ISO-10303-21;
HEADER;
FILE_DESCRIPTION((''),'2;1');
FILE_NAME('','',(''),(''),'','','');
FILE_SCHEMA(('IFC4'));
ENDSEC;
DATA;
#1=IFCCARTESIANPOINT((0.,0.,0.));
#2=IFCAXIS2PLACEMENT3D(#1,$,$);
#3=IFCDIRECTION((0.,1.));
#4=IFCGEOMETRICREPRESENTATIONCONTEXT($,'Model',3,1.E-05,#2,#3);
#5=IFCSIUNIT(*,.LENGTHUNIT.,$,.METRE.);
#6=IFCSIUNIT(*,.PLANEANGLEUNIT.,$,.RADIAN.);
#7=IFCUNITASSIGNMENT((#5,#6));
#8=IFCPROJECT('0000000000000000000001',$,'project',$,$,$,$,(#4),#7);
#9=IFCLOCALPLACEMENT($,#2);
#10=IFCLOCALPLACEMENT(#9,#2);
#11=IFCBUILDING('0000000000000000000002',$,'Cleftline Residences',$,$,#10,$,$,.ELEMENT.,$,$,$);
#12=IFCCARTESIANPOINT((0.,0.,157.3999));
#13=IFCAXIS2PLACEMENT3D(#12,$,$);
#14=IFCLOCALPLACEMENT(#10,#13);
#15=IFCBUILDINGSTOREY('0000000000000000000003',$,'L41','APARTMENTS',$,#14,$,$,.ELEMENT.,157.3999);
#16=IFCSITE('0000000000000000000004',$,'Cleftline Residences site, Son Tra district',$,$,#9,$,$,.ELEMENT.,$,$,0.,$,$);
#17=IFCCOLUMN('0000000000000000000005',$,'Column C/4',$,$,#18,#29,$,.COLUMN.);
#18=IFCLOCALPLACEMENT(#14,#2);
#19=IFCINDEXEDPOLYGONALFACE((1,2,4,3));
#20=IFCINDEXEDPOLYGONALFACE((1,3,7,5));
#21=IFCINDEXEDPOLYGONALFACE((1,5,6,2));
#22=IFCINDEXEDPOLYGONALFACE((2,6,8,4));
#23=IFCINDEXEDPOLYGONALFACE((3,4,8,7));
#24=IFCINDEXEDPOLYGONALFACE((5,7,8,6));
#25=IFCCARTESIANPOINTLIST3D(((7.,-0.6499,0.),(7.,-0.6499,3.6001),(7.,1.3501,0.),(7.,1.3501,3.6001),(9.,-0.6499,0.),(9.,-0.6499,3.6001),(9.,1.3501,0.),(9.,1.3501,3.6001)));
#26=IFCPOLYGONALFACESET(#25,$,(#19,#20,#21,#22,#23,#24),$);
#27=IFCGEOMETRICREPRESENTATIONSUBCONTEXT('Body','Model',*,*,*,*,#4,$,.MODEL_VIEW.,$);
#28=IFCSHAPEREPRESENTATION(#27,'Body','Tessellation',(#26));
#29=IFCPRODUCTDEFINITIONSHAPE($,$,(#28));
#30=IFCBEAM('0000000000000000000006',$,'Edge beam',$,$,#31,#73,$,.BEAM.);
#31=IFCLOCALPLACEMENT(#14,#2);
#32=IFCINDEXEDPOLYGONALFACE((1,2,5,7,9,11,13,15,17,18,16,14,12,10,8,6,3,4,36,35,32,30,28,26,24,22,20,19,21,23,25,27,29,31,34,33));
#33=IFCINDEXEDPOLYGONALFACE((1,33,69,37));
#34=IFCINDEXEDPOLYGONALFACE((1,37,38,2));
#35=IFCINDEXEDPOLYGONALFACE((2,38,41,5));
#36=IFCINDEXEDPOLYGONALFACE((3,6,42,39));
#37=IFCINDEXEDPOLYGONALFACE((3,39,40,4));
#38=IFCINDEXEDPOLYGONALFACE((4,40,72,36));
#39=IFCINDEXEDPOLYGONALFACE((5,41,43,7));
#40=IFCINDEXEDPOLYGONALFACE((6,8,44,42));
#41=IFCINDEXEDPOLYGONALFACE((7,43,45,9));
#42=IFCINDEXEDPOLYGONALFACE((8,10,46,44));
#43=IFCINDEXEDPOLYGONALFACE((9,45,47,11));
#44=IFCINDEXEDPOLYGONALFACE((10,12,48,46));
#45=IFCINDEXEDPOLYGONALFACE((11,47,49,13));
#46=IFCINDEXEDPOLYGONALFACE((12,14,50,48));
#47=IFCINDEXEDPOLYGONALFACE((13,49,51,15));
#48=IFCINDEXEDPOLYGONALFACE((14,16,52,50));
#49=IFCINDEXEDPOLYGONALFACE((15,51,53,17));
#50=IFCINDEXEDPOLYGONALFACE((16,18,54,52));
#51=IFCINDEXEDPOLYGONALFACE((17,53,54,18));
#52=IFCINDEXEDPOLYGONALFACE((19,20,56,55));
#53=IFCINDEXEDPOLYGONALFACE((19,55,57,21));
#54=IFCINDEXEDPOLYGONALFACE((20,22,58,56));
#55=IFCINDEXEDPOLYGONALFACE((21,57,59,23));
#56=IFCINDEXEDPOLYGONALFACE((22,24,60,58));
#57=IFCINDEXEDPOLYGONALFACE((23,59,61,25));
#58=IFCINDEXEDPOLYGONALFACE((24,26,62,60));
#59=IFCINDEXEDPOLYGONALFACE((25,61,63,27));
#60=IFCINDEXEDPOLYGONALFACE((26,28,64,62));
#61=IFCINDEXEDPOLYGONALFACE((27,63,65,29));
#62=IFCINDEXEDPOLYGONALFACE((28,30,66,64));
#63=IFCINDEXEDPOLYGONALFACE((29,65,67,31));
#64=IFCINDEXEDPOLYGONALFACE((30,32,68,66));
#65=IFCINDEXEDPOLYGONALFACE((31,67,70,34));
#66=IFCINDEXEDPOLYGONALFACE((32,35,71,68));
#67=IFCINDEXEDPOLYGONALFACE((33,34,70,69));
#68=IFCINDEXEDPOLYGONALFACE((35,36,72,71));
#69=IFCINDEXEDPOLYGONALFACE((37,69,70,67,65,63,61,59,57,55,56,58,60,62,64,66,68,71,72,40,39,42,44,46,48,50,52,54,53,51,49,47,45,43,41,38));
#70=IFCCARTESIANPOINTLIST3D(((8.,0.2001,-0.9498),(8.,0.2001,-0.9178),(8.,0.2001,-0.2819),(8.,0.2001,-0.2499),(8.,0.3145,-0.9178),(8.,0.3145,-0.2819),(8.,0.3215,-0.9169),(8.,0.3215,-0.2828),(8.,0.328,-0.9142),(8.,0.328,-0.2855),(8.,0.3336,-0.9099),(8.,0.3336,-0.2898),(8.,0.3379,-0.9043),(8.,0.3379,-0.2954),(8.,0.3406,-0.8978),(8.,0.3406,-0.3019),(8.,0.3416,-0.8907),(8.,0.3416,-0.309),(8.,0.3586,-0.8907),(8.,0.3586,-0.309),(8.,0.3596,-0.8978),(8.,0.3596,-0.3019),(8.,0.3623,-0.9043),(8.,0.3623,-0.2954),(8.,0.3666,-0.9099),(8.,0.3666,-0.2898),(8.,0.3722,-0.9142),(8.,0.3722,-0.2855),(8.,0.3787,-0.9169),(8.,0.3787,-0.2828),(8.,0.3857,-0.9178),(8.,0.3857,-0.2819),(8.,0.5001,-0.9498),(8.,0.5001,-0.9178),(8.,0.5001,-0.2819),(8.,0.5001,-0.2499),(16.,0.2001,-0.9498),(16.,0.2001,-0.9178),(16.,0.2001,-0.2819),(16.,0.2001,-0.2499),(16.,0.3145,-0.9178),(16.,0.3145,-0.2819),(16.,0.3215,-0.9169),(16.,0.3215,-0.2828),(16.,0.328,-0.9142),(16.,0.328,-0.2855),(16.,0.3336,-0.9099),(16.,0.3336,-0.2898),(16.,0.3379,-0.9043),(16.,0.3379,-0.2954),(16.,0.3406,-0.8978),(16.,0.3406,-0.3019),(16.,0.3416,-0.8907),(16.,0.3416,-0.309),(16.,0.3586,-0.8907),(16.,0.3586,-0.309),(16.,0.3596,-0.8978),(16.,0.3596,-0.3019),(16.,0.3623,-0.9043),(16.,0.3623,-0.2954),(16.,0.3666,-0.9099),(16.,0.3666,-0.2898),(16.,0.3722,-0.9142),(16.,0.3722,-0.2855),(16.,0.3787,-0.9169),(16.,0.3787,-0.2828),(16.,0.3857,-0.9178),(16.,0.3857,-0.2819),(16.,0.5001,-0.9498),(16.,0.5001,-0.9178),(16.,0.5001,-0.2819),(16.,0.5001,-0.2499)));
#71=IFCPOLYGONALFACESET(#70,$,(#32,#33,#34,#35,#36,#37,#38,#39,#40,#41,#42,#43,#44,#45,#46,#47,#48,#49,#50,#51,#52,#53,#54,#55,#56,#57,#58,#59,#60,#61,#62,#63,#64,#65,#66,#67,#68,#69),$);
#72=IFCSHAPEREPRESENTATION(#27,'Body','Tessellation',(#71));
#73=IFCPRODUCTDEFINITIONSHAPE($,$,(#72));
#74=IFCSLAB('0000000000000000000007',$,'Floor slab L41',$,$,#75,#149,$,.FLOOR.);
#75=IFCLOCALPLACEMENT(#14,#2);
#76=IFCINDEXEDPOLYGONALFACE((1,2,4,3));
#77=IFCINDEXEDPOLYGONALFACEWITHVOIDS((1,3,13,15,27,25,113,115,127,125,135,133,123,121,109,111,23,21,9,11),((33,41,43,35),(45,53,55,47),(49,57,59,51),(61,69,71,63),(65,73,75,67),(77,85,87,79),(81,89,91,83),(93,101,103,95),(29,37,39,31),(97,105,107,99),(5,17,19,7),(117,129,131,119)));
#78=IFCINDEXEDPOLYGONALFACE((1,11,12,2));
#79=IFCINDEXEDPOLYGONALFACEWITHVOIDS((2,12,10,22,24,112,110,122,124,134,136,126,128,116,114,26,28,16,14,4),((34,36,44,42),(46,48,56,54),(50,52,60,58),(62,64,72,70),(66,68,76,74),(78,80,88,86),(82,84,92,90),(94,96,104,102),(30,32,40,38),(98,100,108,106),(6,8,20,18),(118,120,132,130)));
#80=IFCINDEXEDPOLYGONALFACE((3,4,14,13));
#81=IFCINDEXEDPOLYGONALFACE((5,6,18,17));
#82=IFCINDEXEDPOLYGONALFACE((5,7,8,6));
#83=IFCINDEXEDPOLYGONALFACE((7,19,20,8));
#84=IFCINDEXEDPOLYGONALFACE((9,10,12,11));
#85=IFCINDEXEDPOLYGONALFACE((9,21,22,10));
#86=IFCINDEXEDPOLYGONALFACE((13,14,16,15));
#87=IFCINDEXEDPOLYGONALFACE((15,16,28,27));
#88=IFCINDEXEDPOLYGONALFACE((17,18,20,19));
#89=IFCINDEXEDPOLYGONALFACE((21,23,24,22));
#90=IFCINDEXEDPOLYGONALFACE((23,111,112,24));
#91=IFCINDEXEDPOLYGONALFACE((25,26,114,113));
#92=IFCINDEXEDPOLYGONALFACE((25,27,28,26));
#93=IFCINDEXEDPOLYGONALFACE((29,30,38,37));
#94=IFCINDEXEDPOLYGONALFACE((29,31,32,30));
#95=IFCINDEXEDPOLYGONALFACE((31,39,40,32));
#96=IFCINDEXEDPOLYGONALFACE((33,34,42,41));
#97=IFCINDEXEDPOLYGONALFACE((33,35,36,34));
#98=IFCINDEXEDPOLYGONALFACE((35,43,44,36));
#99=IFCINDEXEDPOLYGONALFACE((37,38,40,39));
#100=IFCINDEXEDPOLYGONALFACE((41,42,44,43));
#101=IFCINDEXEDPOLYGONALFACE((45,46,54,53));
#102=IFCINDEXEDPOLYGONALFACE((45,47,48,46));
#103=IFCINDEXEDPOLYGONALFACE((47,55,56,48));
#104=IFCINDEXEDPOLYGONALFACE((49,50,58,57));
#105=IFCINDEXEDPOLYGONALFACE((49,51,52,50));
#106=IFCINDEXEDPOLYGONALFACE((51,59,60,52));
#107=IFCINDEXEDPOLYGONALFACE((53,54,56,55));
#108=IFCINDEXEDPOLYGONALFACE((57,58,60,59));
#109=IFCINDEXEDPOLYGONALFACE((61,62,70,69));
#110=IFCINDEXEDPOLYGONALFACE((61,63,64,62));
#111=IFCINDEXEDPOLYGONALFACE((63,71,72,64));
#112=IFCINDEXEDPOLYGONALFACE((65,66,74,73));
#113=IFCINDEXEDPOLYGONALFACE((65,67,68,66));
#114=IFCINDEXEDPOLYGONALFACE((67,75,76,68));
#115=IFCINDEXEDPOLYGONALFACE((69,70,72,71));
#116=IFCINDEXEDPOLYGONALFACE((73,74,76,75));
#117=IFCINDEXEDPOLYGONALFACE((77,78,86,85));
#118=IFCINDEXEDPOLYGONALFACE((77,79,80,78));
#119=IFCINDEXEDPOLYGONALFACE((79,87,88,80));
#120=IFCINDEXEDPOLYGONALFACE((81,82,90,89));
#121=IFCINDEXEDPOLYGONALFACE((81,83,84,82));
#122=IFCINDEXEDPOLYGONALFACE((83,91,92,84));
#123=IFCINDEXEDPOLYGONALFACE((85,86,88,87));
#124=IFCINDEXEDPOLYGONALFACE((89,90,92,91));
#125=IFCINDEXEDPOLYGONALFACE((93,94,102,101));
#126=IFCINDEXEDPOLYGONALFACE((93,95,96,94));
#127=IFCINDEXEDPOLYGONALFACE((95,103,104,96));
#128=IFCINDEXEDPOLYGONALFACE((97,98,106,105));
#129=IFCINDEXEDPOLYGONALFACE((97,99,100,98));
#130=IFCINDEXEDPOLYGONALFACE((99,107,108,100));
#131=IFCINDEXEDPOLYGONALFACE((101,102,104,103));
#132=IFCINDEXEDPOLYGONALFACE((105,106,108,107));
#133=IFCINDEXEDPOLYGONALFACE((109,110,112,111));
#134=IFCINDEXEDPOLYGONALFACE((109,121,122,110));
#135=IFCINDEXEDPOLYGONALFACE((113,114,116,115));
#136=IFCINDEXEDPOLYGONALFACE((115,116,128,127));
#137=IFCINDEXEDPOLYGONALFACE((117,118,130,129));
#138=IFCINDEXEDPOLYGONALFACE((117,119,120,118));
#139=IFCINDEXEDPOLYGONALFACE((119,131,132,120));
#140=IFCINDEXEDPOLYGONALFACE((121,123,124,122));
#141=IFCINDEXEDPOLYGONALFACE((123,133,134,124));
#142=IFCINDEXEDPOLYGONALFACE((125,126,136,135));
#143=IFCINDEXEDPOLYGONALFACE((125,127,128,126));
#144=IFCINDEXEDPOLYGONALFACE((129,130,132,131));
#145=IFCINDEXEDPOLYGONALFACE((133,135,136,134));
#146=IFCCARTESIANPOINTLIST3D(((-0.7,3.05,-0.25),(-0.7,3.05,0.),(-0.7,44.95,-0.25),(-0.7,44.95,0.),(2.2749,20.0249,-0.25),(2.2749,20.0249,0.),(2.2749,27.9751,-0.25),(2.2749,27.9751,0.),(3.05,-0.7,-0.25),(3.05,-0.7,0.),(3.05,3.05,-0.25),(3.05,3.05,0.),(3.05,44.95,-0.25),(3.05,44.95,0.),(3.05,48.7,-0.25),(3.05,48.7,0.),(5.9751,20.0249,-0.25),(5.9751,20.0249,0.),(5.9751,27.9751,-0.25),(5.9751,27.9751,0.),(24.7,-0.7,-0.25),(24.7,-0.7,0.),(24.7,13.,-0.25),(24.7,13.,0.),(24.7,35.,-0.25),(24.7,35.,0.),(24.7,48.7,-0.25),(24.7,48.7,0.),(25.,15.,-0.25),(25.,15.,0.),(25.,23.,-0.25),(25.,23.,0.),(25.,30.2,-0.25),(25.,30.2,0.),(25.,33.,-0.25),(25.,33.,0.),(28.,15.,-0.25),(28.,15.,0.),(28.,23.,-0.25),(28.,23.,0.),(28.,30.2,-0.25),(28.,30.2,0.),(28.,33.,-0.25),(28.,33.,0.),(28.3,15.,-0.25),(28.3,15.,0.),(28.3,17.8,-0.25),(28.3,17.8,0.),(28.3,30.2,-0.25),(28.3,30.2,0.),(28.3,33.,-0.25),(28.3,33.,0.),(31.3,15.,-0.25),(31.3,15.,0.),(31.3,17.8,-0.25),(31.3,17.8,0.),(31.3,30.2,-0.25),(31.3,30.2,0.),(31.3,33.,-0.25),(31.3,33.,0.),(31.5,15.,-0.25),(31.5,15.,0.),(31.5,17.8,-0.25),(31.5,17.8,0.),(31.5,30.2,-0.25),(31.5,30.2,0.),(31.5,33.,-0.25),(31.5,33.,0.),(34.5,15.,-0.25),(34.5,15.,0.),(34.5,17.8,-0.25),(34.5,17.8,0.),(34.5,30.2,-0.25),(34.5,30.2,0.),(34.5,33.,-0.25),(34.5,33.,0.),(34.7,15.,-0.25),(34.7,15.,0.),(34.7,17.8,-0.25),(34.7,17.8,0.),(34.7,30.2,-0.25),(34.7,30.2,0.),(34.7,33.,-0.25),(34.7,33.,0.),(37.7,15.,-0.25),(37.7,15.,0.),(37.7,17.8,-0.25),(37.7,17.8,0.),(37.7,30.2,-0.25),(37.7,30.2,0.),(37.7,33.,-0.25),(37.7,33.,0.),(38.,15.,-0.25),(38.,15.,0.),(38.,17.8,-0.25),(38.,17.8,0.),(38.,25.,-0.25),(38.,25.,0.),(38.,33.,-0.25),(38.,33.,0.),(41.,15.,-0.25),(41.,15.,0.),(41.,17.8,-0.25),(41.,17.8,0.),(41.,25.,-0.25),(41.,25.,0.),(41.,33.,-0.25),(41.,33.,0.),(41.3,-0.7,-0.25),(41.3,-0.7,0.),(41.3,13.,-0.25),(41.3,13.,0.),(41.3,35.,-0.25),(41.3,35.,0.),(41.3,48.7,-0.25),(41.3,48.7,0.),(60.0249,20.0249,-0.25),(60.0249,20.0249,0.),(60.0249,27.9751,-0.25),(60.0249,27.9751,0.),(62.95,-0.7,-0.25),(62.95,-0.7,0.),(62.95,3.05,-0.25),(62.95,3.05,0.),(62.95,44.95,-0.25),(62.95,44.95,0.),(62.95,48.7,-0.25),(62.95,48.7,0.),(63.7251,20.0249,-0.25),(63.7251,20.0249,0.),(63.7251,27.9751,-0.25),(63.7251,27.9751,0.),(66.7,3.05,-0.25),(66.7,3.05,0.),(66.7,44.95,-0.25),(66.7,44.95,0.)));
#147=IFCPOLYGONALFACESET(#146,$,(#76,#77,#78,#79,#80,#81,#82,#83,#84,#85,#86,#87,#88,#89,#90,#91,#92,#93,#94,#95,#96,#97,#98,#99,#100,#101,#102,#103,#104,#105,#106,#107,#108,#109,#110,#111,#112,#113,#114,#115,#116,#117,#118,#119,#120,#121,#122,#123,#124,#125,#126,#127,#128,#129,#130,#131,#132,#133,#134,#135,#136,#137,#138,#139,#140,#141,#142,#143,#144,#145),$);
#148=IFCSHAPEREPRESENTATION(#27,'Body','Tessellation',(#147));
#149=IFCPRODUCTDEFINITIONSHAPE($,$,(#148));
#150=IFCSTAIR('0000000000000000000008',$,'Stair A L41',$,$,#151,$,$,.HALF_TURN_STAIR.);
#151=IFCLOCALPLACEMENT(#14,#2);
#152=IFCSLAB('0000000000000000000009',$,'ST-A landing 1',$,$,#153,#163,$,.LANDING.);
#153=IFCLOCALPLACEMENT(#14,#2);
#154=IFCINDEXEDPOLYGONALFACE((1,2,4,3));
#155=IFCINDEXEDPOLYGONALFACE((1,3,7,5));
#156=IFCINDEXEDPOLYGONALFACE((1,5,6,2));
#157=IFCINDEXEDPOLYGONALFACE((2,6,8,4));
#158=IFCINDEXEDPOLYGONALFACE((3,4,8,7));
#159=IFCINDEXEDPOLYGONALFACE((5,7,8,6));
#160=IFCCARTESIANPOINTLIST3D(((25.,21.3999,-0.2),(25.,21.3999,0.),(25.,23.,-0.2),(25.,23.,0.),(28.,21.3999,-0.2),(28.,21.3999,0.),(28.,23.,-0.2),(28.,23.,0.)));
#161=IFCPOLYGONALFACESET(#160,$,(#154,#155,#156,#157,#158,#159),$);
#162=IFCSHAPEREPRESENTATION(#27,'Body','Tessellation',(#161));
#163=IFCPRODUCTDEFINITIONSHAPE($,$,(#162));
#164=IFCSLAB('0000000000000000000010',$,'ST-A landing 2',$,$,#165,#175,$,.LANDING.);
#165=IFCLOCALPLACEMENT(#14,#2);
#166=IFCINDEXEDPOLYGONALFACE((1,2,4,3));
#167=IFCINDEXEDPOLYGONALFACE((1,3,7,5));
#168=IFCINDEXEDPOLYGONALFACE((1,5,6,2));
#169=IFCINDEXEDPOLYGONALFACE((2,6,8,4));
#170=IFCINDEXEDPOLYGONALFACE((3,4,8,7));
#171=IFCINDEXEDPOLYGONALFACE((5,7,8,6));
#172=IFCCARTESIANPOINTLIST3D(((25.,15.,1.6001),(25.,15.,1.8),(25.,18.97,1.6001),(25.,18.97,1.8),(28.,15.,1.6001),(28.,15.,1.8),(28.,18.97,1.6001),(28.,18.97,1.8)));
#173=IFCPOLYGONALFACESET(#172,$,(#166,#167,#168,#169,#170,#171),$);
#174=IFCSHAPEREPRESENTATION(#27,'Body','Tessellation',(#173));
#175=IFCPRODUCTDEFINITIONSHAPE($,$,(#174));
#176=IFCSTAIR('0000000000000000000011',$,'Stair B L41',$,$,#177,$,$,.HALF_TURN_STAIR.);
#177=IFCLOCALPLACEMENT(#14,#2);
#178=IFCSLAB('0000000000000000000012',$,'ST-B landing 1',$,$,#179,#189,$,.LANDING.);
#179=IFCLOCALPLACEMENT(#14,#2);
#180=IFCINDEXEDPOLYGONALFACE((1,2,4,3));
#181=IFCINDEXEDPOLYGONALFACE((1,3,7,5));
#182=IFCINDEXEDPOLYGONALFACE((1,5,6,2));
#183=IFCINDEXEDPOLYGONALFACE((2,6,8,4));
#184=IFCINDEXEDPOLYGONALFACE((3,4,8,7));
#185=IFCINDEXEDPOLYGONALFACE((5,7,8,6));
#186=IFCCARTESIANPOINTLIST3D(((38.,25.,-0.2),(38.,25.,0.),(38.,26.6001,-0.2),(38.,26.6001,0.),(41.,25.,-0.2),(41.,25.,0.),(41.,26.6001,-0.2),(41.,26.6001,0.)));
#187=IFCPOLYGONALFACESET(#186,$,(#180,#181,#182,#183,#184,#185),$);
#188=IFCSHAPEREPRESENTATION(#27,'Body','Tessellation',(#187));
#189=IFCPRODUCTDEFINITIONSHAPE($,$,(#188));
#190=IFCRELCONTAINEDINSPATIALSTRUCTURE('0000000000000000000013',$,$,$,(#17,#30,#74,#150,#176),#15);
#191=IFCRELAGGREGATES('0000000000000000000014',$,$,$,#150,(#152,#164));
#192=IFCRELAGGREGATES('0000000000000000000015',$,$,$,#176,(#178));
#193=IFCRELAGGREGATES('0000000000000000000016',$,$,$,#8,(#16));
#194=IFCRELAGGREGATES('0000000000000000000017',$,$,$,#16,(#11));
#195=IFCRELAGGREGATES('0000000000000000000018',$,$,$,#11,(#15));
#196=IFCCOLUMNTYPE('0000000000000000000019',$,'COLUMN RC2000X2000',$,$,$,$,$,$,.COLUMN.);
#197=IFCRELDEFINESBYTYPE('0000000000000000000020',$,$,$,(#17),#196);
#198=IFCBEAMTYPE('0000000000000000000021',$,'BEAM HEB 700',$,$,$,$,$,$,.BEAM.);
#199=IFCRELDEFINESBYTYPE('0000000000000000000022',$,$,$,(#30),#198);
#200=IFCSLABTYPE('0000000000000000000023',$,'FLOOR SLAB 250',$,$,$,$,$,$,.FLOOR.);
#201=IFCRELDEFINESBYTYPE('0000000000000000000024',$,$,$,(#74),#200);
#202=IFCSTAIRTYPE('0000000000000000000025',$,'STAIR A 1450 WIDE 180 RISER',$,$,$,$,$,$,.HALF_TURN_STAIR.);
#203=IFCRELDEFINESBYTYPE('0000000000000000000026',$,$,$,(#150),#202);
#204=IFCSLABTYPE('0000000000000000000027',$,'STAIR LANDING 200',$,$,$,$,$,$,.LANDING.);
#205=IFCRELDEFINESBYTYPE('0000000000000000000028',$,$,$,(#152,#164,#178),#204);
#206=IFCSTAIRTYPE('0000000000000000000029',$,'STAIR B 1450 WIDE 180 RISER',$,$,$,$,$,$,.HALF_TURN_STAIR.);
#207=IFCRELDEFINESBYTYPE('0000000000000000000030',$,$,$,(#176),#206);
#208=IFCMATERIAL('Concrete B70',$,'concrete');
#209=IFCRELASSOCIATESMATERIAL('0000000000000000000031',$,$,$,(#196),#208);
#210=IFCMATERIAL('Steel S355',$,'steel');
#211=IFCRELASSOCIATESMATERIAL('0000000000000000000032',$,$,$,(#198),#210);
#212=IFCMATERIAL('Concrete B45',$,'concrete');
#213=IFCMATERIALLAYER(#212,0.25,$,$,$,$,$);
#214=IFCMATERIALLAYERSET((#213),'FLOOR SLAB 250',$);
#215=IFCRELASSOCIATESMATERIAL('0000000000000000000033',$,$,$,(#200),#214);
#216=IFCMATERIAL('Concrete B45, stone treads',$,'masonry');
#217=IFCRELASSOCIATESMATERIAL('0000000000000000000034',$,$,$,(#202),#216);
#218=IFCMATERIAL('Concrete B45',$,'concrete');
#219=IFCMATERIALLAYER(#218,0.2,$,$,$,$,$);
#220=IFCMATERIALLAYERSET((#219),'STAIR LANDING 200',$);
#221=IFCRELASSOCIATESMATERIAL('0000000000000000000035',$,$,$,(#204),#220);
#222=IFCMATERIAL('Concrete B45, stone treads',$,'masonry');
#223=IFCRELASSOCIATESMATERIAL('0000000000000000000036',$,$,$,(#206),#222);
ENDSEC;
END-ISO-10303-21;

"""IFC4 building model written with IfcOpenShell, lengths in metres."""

from ifc_helpers import new_model, si_unit, direction, frame, origin, origin_2d, place, context, subcontext, project, spatial, polyline, rectangle, i_section, outline, extrude, material, layer, layer_set, material_profile, profile_set, type_object, element, aggregate, save


model = new_model("IFC4")

# Units and contexts
model_context = context("Model", 3, precision=1e-05, world=origin(), true_north=direction((0.0, 1.0)))
body_context = subcontext(model_context, "Body", "Model", "MODEL_VIEW")
ifc_project = project(units=[si_unit("LENGTHUNIT", "METRE"), si_unit("PLANEANGLEUNIT", "RADIAN")], contexts=[model_context])

# Site, building, storey
site_placement = place(None, origin())
site = spatial("IfcSite", under=ifc_project, at=site_placement, Name="Cleftline Residences site, Son Tra district", CompositionType="ELEMENT", RefElevation=0.0)
building_placement = place(site_placement, origin())
building = spatial("IfcBuilding", under=site, at=building_placement, Name="Cleftline Residences", CompositionType="ELEMENT")
storey_placement = place(building_placement, frame((0.0, 0.0, 157.3999)))
storey = spatial("IfcBuildingStorey", under=building, at=storey_placement, Name="L41", Description="APARTMENTS", CompositionType="ELEMENT", Elevation=157.3999)

# Column
ifc_material_1 = material(Name="Concrete B70", Category="concrete")
ifc_material_profile_1 = material_profile(ifc_material_1, rectangle(XDim=2.0, YDim=2.0, at=origin_2d()))
ifc_profile_set_1 = profile_set([ifc_material_profile_1], Name="Concrete B70")
column_type = type_object("IfcColumnType", Name="COLUMN RC2000X2000", PredefinedType="COLUMN", material=ifc_profile_set_1)
column_placement = place(storey_placement, frame((8.0, 0.3501, 0.0), z_axis=(0.0, 0.0, 1.0), x_axis=(1.0, 0.0, 0.0)))
element("IfcColumn", 1, at=column_placement, inside=storey, type_object=column_type, Name="Column C/4", PredefinedType="COLUMN", context=body_context, shape_type="SweptSolid", body=[
    extrude(rectangle(XDim=2.0, YDim=2.0, at=origin_2d()), origin(), (0.0, 0.0, 1.0), 3.6001),
])

# Beam
ifc_material_2 = material(Name="Steel S355", Category="steel")
ifc_material_profile_2 = material_profile(ifc_material_2, i_section(OverallWidth=0.3, OverallDepth=0.7, WebThickness=0.0171, FlangeThickness=0.032, FilletRadius=0.0271, at=origin_2d()))
ifc_profile_set_2 = profile_set([ifc_material_profile_2], Name="Steel S355")
beam_type = type_object("IfcBeamType", Name="BEAM HEB 700", PredefinedType="BEAM", material=ifc_profile_set_2)
beam_placement = place(storey_placement, frame((8.0, 0.3501, -0.5999), z_axis=(1.0, 0.0, 0.0), x_axis=(0.0, 1.0, 0.0)))
element("IfcBeam", 2, at=beam_placement, inside=storey, type_object=beam_type, Name="Edge beam", PredefinedType="BEAM", context=body_context, shape_type="SweptSolid", body=[
    extrude(i_section(OverallWidth=0.3, OverallDepth=0.7, WebThickness=0.0171, FlangeThickness=0.032, FilletRadius=0.0271, at=origin_2d()), origin(), (0.0, 0.0, 1.0), 8.0),
])

# Slab
ifc_material_3 = material(Name="Concrete B45", Category="concrete")
ifc_layer_1 = layer(ifc_material_3, 0.25)
ifc_layer_set_1 = layer_set([ifc_layer_1], Name="FLOOR SLAB 250")
slab_type_1 = type_object("IfcSlabType", Name="FLOOR SLAB 250", PredefinedType="FLOOR", material=ifc_layer_set_1)
slab_1_placement = place(storey_placement, frame((0.0, 0.0, -0.25)))
element("IfcSlab", 3, at=slab_1_placement, inside=storey, type_object=slab_type_1, Name="Floor slab L41", PredefinedType="FLOOR", context=body_context, shape_type="SweptSolid", body=[
    extrude(outline(polyline([(24.7, 13.0), (41.3, 13.0), (41.3, -0.7), (62.95, -0.7), (62.95, 3.05), (66.7, 3.05), (66.7, 44.95), (62.95, 44.95), (62.95, 48.7), (41.3, 48.7), (41.3, 35.0), (24.7, 35.0), (24.7, 48.7), (3.05, 48.7), (3.05, 44.95), (-0.7, 44.95), (-0.7, 3.05), (3.05, 3.05), (3.05, -0.7), (24.7, -0.7), (24.7, 13.0)]), holes=[polyline([(28.0, 15.0), (28.0, 23.0), (25.0, 23.0), (25.0, 15.0), (28.0, 15.0)]), polyline([(41.0, 25.0), (41.0, 33.0), (38.0, 33.0), (38.0, 25.0), (41.0, 25.0)]), polyline([(28.0, 30.2), (28.0, 33.0), (25.0, 33.0), (25.0, 30.2), (28.0, 30.2)]), polyline([(41.0, 15.0), (41.0, 17.8), (38.0, 17.8), (38.0, 15.0), (41.0, 15.0)]), polyline([(31.3, 15.0), (31.3, 17.8), (28.3, 17.8), (28.3, 15.0), (31.3, 15.0)]), polyline([(34.5, 15.0), (34.5, 17.8), (31.5, 17.8), (31.5, 15.0), (34.5, 15.0)]), polyline([(37.7, 15.0), (37.7, 17.8), (34.7, 17.8), (34.7, 15.0), (37.7, 15.0)]), polyline([(31.3, 30.2), (31.3, 33.0), (28.3, 33.0), (28.3, 30.2), (31.3, 30.2)]), polyline([(34.5, 30.2), (34.5, 33.0), (31.5, 33.0), (31.5, 30.2), (34.5, 30.2)]), polyline([(37.7, 30.2), (37.7, 33.0), (34.7, 33.0), (34.7, 30.2), (37.7, 30.2)]), polyline([(63.7251, 20.0249), (63.7251, 27.9751), (60.0249, 27.9751), (60.0249, 20.0249), (63.7251, 20.0249)]), polyline([(5.9751, 20.0249), (5.9751, 27.9751), (2.2749, 27.9751), (2.2749, 20.0249), (5.9751, 20.0249)])]), origin(), (0.0, 0.0, 1.0), 0.25),
])

# Stairs, slabs
ifc_material_4 = material(Name="Concrete B45, stone treads", Category="masonry")
stair_type_1 = type_object("IfcStairType", Name="STAIR A 1450 WIDE 180 RISER", PredefinedType="HALF_TURN_STAIR", material=ifc_material_4)
stair_1_placement = place(storey_placement, origin())
stair_1 = element("IfcStair", 4, at=stair_1_placement, inside=storey, type_object=stair_type_1, Name="Stair A L41", PredefinedType="HALF_TURN_STAIR")
ifc_material_5 = material(Name="Concrete B45", Category="concrete")
ifc_layer_2 = layer(ifc_material_5, 0.2)
ifc_layer_set_2 = layer_set([ifc_layer_2], Name="STAIR LANDING 200")
slab_type_2 = type_object("IfcSlabType", Name="STAIR LANDING 200", PredefinedType="LANDING", material=ifc_layer_set_2)
slab_2_placement = place(storey_placement, frame((0.0, 0.0, -0.2)))
slab_2 = element("IfcSlab", 5, at=slab_2_placement, type_object=slab_type_2, Name="ST-A landing 1", PredefinedType="LANDING", context=body_context, shape_type="SweptSolid", body=[
    extrude(outline(polyline([(25.0, 21.3999), (28.0, 21.3999), (28.0, 23.0), (25.0, 23.0), (25.0, 21.3999)])), origin(), (0.0, 0.0, 1.0), 0.2),
])
slab_3_placement = place(storey_placement, frame((0.0, 0.0, 1.6001)))
slab_3 = element("IfcSlab", 6, at=slab_3_placement, type_object=slab_type_2, Name="ST-A landing 2", PredefinedType="LANDING", context=body_context, shape_type="SweptSolid", body=[
    extrude(outline(polyline([(25.0, 15.0), (28.0, 15.0), (28.0, 18.97), (25.0, 18.97), (25.0, 15.0)])), origin(), (0.0, 0.0, 1.0), 0.2),
])
aggregate(stair_1, [slab_2, slab_3])
ifc_material_6 = material(Name="Concrete B45, stone treads", Category="masonry")
stair_type_2 = type_object("IfcStairType", Name="STAIR B 1450 WIDE 180 RISER", PredefinedType="HALF_TURN_STAIR", material=ifc_material_6)
stair_2_placement = place(storey_placement, origin())
stair_2 = element("IfcStair", 7, at=stair_2_placement, inside=storey, type_object=stair_type_2, Name="Stair B L41", PredefinedType="HALF_TURN_STAIR")
slab_4_placement = place(storey_placement, frame((0.0, 0.0, -0.2)))
slab_4 = element("IfcSlab", 8, at=slab_4_placement, type_object=slab_type_2, Name="ST-B landing 1", PredefinedType="LANDING", context=body_context, shape_type="SweptSolid", body=[
    extrude(outline(polyline([(38.0, 25.0), (41.0, 25.0), (41.0, 26.6001), (38.0, 26.6001), (38.0, 25.0)])), origin(), (0.0, 0.0, 1.0), 0.2),
])
aggregate(stair_2, [slab_4])

save(model, "model.ifc")
